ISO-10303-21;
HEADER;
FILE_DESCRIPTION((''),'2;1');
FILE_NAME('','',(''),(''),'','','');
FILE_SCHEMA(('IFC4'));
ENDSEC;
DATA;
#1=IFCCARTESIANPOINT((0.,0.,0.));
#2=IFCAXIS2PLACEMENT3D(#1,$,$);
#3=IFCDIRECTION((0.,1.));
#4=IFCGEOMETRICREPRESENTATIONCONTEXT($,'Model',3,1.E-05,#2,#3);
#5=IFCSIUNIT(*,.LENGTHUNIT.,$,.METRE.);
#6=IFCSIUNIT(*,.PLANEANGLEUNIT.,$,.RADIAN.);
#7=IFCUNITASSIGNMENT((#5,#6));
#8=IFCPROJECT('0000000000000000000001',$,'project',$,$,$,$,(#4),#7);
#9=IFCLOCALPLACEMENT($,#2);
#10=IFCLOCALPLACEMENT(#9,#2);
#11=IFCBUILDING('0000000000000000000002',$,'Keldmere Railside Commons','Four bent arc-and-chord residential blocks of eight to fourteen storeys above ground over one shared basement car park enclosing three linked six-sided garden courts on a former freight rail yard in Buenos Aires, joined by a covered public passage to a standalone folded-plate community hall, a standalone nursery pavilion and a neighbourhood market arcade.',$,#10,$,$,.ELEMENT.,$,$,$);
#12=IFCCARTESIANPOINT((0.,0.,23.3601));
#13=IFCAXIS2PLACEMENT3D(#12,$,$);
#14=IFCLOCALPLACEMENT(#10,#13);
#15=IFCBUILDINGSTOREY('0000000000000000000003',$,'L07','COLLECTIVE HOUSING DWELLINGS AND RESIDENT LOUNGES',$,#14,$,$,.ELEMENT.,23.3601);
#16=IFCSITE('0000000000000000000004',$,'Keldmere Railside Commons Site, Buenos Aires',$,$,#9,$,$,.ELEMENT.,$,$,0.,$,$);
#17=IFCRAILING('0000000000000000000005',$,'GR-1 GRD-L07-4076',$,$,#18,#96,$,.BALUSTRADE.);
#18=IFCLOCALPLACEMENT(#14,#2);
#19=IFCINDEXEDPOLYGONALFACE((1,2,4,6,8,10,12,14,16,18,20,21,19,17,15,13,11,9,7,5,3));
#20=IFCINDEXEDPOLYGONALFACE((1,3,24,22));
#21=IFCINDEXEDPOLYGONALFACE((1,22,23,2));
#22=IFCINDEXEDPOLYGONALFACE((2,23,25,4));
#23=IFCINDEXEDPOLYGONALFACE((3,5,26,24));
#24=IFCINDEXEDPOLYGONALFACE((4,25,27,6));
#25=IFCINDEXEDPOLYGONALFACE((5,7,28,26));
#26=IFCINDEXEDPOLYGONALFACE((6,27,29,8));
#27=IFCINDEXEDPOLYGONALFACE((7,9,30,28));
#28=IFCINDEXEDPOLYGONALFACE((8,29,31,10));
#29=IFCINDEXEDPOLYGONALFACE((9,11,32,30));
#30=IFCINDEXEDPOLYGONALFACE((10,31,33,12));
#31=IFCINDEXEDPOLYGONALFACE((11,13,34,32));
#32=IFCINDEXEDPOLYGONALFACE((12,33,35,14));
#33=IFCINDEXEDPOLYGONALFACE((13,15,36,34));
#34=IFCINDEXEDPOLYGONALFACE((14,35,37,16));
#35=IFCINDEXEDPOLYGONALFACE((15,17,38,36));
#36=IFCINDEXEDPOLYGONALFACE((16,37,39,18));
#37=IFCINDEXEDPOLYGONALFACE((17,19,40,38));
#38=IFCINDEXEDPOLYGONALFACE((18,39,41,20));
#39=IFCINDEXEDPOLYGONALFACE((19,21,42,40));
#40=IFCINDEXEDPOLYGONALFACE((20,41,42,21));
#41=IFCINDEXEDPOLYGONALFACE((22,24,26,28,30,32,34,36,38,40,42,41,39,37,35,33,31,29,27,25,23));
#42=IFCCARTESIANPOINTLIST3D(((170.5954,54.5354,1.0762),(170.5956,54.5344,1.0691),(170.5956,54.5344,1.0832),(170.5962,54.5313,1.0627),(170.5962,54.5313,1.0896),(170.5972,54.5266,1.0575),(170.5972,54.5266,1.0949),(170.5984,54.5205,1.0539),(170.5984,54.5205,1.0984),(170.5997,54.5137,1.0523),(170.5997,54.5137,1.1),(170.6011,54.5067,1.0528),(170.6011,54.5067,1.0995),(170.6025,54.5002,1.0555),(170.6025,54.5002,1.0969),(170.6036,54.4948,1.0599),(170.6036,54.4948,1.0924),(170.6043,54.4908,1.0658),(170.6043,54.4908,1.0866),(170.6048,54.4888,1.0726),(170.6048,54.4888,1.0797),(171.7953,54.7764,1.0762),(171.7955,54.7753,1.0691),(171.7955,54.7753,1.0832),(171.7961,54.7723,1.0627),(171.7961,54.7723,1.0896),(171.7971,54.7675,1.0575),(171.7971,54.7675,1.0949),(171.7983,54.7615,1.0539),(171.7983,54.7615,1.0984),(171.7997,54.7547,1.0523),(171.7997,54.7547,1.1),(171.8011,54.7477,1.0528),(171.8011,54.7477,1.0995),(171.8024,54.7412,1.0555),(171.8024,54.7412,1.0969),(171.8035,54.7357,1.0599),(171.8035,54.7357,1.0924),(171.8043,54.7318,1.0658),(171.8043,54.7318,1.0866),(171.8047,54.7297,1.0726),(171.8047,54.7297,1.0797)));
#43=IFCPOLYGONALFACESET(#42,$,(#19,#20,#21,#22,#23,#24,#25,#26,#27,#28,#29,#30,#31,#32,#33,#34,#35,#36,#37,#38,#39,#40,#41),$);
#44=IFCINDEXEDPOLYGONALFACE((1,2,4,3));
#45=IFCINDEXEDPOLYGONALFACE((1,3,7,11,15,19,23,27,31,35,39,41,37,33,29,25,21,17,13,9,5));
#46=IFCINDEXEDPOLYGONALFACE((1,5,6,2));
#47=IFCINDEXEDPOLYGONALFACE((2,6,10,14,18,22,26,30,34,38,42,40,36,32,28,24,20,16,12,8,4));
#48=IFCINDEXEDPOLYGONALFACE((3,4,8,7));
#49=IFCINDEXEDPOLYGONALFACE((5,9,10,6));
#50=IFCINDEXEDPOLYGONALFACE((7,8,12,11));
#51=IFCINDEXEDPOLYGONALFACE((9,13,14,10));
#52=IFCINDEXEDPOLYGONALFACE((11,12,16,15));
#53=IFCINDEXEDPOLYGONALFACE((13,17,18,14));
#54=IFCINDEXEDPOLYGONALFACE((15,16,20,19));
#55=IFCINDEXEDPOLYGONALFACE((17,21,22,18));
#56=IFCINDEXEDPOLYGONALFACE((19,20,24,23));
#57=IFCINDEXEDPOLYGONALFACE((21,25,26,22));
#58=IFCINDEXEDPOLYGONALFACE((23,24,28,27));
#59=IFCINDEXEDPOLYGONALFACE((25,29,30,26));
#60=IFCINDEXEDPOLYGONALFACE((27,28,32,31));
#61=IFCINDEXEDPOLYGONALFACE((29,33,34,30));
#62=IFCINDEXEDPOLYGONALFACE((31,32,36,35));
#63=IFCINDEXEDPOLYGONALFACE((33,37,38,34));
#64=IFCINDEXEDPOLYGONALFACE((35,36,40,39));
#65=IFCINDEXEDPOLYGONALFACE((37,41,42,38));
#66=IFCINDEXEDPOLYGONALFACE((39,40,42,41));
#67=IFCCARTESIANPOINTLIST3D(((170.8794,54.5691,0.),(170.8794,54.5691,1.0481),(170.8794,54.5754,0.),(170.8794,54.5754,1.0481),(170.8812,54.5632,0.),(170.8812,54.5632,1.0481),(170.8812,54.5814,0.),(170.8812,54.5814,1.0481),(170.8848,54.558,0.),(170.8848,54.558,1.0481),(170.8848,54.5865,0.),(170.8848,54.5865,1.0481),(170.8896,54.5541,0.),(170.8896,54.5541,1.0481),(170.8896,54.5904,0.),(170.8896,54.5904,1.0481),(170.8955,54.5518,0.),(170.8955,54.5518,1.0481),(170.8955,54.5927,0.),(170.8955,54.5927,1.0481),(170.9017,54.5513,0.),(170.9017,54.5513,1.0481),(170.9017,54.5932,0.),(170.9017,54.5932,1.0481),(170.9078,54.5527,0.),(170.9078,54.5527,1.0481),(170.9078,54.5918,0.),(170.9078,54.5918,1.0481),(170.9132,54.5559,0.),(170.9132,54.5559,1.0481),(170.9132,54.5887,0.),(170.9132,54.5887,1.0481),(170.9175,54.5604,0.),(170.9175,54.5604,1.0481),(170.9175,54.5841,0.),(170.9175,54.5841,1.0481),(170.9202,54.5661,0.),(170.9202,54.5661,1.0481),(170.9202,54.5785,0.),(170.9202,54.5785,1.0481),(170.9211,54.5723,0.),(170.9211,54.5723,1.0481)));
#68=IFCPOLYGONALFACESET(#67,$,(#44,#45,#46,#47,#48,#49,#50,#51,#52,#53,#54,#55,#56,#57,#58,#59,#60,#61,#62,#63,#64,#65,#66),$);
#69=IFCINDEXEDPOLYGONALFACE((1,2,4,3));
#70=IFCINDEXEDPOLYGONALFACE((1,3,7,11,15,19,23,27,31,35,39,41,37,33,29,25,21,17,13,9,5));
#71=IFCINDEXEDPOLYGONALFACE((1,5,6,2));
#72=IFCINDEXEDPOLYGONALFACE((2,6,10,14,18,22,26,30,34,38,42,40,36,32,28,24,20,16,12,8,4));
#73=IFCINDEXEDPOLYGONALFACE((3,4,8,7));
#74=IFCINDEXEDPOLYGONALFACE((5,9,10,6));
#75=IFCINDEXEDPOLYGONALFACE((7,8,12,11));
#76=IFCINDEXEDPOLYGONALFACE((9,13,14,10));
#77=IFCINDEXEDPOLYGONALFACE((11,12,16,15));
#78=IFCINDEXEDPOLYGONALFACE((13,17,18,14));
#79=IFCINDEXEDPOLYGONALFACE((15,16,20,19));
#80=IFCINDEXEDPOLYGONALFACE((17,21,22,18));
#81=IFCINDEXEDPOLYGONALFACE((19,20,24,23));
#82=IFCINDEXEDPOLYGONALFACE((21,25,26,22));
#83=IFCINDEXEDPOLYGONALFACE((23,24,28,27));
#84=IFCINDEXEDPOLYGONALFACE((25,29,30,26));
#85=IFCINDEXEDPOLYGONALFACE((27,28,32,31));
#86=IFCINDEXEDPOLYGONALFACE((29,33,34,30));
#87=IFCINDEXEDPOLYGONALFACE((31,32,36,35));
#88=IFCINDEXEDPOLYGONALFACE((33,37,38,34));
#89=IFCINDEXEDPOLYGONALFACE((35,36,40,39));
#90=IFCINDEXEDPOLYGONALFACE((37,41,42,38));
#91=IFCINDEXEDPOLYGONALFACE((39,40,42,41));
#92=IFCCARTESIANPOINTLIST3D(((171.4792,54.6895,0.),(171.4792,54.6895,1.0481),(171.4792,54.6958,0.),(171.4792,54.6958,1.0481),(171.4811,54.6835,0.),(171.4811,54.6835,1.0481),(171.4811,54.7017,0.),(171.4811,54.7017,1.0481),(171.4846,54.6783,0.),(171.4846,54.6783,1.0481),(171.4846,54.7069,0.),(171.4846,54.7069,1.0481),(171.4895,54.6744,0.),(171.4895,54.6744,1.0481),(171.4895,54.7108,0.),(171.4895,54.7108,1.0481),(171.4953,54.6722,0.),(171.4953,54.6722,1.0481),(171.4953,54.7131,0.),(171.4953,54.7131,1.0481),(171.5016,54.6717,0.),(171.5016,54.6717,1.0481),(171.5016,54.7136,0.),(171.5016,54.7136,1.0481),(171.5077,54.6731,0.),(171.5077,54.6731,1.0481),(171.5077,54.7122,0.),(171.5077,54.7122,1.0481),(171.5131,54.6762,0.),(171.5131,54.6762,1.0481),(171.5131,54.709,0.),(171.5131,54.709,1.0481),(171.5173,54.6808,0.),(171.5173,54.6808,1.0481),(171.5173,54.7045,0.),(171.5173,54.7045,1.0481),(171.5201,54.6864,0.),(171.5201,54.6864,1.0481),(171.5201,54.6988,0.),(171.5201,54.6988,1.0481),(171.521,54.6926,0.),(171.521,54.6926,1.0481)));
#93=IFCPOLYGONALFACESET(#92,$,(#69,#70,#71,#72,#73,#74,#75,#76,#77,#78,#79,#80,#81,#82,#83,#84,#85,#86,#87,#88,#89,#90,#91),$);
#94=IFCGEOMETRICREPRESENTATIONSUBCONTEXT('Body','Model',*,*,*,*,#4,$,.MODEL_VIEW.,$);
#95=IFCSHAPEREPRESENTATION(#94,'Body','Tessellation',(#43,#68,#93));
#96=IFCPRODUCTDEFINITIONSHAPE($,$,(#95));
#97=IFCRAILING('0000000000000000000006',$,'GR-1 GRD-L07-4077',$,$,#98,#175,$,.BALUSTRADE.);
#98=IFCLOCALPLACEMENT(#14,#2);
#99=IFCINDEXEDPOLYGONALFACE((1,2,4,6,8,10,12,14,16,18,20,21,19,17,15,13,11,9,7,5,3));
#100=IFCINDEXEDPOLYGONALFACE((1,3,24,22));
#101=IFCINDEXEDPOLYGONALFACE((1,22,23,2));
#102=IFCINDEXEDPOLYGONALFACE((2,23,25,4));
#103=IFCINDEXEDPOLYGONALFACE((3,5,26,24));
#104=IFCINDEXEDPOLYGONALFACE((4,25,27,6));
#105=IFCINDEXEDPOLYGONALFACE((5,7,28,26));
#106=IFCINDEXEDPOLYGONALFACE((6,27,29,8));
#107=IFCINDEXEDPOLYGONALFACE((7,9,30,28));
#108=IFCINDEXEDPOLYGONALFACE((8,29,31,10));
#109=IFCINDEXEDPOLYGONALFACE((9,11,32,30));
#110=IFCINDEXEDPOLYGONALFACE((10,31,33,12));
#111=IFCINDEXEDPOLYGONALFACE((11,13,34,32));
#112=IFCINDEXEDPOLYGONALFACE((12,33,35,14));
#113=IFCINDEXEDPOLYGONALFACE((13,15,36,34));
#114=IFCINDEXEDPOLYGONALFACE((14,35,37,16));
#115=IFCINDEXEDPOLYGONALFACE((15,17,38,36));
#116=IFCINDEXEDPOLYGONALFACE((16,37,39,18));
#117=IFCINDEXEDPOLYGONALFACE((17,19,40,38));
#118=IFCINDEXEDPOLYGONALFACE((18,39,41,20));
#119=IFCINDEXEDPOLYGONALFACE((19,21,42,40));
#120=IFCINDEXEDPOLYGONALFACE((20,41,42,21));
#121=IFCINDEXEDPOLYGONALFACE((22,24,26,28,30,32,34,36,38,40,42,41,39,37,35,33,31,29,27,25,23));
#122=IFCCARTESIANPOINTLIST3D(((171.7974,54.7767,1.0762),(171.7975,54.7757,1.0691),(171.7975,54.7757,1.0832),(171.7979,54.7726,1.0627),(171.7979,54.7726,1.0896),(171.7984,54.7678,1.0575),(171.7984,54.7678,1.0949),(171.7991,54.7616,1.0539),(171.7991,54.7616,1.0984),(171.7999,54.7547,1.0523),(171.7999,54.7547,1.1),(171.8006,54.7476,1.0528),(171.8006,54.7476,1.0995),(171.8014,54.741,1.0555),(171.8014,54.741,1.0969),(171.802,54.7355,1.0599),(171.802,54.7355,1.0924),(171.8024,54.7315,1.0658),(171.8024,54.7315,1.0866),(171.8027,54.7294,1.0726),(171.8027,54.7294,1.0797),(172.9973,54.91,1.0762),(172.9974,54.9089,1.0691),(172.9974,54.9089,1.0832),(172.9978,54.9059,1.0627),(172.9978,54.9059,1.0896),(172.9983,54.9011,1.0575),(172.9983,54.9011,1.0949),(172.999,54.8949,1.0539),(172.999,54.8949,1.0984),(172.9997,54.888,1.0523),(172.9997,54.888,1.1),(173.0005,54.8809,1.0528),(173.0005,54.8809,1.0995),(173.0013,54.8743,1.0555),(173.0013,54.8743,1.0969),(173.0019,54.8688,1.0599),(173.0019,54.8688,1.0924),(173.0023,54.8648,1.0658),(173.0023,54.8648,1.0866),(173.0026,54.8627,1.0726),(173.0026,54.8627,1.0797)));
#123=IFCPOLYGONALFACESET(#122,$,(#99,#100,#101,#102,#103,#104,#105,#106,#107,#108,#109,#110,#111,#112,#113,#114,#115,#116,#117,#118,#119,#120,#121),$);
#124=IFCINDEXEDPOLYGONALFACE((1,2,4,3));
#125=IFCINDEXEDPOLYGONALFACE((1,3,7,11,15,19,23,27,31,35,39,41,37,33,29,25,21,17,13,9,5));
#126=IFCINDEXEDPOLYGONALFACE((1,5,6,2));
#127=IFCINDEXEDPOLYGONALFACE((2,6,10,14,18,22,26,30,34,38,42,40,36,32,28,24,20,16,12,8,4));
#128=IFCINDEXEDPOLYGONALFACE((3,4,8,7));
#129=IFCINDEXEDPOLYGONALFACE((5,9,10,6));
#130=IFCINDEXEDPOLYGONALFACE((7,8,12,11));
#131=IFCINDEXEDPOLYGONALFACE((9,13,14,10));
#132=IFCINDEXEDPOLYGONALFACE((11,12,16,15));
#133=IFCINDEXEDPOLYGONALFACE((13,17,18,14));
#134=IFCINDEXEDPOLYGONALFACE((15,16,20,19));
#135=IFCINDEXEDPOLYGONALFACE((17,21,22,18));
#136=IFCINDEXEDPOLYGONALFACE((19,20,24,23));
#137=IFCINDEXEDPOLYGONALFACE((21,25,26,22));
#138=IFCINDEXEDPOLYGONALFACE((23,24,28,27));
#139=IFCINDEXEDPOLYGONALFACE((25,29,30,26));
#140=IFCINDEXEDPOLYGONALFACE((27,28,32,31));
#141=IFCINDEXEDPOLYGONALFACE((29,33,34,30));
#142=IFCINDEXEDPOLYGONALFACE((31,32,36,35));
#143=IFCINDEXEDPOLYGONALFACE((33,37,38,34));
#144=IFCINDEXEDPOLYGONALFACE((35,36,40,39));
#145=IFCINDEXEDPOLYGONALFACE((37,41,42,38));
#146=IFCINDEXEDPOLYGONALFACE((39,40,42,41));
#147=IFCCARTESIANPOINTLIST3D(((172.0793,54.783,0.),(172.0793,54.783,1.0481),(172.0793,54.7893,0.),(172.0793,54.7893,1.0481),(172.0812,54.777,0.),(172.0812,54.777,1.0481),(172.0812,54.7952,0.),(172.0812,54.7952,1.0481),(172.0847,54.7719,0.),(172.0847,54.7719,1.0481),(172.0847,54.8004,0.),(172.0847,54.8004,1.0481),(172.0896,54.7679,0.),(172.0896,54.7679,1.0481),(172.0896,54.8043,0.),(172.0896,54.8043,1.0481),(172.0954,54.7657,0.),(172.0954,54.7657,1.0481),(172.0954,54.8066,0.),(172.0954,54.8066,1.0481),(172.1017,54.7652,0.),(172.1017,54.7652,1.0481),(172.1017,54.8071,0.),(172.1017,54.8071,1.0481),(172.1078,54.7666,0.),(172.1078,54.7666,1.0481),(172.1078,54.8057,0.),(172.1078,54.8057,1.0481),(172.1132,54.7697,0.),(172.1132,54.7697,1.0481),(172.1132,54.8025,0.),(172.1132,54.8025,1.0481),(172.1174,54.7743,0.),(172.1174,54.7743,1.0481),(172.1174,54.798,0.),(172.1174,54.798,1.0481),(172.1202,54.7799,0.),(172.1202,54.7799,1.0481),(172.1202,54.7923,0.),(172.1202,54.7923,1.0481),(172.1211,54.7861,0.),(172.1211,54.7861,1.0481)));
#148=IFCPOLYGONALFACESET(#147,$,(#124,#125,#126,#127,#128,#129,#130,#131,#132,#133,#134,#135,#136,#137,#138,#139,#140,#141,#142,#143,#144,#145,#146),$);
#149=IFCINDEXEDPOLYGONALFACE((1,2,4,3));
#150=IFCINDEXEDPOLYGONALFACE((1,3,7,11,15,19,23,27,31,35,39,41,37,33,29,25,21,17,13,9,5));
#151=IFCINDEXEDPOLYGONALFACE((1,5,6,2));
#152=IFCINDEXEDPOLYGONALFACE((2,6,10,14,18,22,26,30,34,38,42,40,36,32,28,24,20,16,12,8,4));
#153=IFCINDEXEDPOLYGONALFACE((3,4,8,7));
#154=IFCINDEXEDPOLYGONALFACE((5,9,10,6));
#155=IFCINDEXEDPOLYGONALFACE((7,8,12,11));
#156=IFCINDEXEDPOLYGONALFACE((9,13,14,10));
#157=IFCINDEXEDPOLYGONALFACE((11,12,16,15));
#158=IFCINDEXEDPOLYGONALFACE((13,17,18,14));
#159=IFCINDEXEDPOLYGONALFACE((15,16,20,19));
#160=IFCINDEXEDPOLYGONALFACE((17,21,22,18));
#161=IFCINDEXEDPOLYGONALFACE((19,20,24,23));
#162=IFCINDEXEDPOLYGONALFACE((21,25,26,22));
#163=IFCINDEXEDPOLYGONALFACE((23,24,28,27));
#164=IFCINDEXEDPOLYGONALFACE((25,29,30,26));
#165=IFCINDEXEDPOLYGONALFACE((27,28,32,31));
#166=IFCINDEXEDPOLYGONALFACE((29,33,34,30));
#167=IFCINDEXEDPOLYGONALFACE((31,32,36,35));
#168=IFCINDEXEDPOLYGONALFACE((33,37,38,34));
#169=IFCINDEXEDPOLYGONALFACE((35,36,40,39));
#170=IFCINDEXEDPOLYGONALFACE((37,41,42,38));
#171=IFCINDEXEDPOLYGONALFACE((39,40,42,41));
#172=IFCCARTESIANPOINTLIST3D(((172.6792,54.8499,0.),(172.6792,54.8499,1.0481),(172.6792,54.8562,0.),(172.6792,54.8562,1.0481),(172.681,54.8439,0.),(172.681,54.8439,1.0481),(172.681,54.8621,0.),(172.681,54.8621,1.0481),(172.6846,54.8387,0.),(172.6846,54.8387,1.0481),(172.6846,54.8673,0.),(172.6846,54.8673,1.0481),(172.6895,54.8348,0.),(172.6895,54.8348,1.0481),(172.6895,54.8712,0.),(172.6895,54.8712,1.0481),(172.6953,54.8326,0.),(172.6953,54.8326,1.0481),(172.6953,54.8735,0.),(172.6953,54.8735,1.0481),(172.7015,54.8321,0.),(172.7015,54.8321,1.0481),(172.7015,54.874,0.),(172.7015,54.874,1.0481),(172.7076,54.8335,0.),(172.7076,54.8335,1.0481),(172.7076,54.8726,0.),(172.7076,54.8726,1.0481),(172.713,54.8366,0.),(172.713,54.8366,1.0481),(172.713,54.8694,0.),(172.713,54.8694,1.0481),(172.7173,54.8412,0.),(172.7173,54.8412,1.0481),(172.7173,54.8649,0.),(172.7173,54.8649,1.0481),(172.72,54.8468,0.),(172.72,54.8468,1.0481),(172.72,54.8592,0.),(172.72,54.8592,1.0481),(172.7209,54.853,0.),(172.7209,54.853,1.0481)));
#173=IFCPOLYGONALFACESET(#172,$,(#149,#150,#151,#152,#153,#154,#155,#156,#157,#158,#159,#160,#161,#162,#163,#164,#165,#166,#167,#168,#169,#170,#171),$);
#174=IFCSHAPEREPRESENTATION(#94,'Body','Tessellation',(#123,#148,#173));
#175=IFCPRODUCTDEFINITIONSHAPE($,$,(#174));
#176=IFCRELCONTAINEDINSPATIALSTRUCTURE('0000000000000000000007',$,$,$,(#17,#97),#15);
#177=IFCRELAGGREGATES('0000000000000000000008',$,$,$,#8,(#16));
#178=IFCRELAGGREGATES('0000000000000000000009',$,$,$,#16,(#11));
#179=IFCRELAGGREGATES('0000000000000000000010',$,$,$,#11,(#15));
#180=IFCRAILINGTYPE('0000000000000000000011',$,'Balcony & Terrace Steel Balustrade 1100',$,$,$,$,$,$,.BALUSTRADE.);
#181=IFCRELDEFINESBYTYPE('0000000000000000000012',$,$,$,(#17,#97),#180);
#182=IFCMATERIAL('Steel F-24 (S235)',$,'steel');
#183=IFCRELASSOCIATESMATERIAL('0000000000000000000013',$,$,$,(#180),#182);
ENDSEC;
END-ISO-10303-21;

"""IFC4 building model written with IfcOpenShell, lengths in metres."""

from ifc_helpers import new_model, si_unit, direction, frame, origin, origin_2d, place, context, subcontext, project, spatial, circle, extrude, material, type_object, element, save


model = new_model("IFC4")

# Units and contexts
model_context = context("Model", 3, precision=1e-05, world=origin(), true_north=direction((0.0, 1.0)))
body_context = subcontext(model_context, "Body", "Model", "MODEL_VIEW")
ifc_project = project(units=[si_unit("LENGTHUNIT", "METRE"), si_unit("PLANEANGLEUNIT", "RADIAN")], contexts=[model_context])

# Site, building, storey
site_placement = place(None, origin())
site = spatial("IfcSite", under=ifc_project, at=site_placement, Name="Keldmere Railside Commons Site, Buenos Aires", CompositionType="ELEMENT", RefElevation=0.0)
building_placement = place(site_placement, origin())
building = spatial("IfcBuilding", under=site, at=building_placement, Name="Keldmere Railside Commons", Description="Four bent arc-and-chord residential blocks of eight to fourteen storeys above ground over one shared basement car park enclosing three linked six-sided garden courts on a former freight rail yard in Buenos Aires, joined by a covered public passage to a standalone folded-plate community hall, a standalone nursery pavilion and a neighbourhood market arcade.", CompositionType="ELEMENT")
storey_placement = place(building_placement, frame((0.0, 0.0, 23.3601)))
storey = spatial("IfcBuildingStorey", under=building, at=storey_placement, Name="L07", Description="COLLECTIVE HOUSING DWELLINGS AND RESIDENT LOUNGES", CompositionType="ELEMENT", Elevation=23.3601)

# Railings
ifc_material_1 = material(Name="Steel F-24 (S235)", Category="steel")
railing_type = type_object("IfcRailingType", Name="Balcony & Terrace Steel Balustrade 1100", PredefinedType="BALUSTRADE", material=ifc_material_1)
railing_1_placement = place(storey_placement, frame((170.6001, 54.512, 0.0)))
element("IfcRailing", 1, at=railing_1_placement, inside=storey, type_object=railing_type, Name="GR-1 GRD-L07-4076", PredefinedType="BALUSTRADE", context=body_context, shape_type="SweptSolid", body=[
    extrude(circle(Radius=0.0239, at=origin_2d()), frame((0.0, 0.0, 1.0762), z_axis=(0.980427, 0.196883, 0.0), x_axis=(-0.196883, 0.980427, 0.0)), (0.0, 0.0, 1.0), 1.2239),
    extrude(circle(Radius=0.021, at=origin_2d()), frame((0.3, 0.0603, 0.0)), (0.0, 0.0, 1.0), 1.0481),
    extrude(circle(Radius=0.021, at=origin_2d()), frame((0.8999, 0.1807, 0.0)), (0.0, 0.0, 1.0), 1.0481),
])
railing_2_placement = place(storey_placement, frame((171.8, 54.7529, 0.0)))
element("IfcRailing", 2, at=railing_2_placement, inside=storey, type_object=railing_type, Name="GR-1 GRD-L07-4077", PredefinedType="BALUSTRADE", context=body_context, shape_type="SweptSolid", body=[
    extrude(circle(Radius=0.0239, at=origin_2d()), frame((0.0, 0.0, 1.0762), z_axis=(0.993886, 0.110409, 0.0), x_axis=(-0.110409, 0.993886, 0.0)), (0.0, 0.0, 1.0), 1.2073),
    extrude(circle(Radius=0.021, at=origin_2d()), frame((0.3, 0.0332, 0.0)), (0.0, 0.0, 1.0), 1.0481),
    extrude(circle(Radius=0.021, at=origin_2d()), frame((0.8999, 0.1001, 0.0)), (0.0, 0.0, 1.0), 1.0481),
])

save(model, "model.ifc")
